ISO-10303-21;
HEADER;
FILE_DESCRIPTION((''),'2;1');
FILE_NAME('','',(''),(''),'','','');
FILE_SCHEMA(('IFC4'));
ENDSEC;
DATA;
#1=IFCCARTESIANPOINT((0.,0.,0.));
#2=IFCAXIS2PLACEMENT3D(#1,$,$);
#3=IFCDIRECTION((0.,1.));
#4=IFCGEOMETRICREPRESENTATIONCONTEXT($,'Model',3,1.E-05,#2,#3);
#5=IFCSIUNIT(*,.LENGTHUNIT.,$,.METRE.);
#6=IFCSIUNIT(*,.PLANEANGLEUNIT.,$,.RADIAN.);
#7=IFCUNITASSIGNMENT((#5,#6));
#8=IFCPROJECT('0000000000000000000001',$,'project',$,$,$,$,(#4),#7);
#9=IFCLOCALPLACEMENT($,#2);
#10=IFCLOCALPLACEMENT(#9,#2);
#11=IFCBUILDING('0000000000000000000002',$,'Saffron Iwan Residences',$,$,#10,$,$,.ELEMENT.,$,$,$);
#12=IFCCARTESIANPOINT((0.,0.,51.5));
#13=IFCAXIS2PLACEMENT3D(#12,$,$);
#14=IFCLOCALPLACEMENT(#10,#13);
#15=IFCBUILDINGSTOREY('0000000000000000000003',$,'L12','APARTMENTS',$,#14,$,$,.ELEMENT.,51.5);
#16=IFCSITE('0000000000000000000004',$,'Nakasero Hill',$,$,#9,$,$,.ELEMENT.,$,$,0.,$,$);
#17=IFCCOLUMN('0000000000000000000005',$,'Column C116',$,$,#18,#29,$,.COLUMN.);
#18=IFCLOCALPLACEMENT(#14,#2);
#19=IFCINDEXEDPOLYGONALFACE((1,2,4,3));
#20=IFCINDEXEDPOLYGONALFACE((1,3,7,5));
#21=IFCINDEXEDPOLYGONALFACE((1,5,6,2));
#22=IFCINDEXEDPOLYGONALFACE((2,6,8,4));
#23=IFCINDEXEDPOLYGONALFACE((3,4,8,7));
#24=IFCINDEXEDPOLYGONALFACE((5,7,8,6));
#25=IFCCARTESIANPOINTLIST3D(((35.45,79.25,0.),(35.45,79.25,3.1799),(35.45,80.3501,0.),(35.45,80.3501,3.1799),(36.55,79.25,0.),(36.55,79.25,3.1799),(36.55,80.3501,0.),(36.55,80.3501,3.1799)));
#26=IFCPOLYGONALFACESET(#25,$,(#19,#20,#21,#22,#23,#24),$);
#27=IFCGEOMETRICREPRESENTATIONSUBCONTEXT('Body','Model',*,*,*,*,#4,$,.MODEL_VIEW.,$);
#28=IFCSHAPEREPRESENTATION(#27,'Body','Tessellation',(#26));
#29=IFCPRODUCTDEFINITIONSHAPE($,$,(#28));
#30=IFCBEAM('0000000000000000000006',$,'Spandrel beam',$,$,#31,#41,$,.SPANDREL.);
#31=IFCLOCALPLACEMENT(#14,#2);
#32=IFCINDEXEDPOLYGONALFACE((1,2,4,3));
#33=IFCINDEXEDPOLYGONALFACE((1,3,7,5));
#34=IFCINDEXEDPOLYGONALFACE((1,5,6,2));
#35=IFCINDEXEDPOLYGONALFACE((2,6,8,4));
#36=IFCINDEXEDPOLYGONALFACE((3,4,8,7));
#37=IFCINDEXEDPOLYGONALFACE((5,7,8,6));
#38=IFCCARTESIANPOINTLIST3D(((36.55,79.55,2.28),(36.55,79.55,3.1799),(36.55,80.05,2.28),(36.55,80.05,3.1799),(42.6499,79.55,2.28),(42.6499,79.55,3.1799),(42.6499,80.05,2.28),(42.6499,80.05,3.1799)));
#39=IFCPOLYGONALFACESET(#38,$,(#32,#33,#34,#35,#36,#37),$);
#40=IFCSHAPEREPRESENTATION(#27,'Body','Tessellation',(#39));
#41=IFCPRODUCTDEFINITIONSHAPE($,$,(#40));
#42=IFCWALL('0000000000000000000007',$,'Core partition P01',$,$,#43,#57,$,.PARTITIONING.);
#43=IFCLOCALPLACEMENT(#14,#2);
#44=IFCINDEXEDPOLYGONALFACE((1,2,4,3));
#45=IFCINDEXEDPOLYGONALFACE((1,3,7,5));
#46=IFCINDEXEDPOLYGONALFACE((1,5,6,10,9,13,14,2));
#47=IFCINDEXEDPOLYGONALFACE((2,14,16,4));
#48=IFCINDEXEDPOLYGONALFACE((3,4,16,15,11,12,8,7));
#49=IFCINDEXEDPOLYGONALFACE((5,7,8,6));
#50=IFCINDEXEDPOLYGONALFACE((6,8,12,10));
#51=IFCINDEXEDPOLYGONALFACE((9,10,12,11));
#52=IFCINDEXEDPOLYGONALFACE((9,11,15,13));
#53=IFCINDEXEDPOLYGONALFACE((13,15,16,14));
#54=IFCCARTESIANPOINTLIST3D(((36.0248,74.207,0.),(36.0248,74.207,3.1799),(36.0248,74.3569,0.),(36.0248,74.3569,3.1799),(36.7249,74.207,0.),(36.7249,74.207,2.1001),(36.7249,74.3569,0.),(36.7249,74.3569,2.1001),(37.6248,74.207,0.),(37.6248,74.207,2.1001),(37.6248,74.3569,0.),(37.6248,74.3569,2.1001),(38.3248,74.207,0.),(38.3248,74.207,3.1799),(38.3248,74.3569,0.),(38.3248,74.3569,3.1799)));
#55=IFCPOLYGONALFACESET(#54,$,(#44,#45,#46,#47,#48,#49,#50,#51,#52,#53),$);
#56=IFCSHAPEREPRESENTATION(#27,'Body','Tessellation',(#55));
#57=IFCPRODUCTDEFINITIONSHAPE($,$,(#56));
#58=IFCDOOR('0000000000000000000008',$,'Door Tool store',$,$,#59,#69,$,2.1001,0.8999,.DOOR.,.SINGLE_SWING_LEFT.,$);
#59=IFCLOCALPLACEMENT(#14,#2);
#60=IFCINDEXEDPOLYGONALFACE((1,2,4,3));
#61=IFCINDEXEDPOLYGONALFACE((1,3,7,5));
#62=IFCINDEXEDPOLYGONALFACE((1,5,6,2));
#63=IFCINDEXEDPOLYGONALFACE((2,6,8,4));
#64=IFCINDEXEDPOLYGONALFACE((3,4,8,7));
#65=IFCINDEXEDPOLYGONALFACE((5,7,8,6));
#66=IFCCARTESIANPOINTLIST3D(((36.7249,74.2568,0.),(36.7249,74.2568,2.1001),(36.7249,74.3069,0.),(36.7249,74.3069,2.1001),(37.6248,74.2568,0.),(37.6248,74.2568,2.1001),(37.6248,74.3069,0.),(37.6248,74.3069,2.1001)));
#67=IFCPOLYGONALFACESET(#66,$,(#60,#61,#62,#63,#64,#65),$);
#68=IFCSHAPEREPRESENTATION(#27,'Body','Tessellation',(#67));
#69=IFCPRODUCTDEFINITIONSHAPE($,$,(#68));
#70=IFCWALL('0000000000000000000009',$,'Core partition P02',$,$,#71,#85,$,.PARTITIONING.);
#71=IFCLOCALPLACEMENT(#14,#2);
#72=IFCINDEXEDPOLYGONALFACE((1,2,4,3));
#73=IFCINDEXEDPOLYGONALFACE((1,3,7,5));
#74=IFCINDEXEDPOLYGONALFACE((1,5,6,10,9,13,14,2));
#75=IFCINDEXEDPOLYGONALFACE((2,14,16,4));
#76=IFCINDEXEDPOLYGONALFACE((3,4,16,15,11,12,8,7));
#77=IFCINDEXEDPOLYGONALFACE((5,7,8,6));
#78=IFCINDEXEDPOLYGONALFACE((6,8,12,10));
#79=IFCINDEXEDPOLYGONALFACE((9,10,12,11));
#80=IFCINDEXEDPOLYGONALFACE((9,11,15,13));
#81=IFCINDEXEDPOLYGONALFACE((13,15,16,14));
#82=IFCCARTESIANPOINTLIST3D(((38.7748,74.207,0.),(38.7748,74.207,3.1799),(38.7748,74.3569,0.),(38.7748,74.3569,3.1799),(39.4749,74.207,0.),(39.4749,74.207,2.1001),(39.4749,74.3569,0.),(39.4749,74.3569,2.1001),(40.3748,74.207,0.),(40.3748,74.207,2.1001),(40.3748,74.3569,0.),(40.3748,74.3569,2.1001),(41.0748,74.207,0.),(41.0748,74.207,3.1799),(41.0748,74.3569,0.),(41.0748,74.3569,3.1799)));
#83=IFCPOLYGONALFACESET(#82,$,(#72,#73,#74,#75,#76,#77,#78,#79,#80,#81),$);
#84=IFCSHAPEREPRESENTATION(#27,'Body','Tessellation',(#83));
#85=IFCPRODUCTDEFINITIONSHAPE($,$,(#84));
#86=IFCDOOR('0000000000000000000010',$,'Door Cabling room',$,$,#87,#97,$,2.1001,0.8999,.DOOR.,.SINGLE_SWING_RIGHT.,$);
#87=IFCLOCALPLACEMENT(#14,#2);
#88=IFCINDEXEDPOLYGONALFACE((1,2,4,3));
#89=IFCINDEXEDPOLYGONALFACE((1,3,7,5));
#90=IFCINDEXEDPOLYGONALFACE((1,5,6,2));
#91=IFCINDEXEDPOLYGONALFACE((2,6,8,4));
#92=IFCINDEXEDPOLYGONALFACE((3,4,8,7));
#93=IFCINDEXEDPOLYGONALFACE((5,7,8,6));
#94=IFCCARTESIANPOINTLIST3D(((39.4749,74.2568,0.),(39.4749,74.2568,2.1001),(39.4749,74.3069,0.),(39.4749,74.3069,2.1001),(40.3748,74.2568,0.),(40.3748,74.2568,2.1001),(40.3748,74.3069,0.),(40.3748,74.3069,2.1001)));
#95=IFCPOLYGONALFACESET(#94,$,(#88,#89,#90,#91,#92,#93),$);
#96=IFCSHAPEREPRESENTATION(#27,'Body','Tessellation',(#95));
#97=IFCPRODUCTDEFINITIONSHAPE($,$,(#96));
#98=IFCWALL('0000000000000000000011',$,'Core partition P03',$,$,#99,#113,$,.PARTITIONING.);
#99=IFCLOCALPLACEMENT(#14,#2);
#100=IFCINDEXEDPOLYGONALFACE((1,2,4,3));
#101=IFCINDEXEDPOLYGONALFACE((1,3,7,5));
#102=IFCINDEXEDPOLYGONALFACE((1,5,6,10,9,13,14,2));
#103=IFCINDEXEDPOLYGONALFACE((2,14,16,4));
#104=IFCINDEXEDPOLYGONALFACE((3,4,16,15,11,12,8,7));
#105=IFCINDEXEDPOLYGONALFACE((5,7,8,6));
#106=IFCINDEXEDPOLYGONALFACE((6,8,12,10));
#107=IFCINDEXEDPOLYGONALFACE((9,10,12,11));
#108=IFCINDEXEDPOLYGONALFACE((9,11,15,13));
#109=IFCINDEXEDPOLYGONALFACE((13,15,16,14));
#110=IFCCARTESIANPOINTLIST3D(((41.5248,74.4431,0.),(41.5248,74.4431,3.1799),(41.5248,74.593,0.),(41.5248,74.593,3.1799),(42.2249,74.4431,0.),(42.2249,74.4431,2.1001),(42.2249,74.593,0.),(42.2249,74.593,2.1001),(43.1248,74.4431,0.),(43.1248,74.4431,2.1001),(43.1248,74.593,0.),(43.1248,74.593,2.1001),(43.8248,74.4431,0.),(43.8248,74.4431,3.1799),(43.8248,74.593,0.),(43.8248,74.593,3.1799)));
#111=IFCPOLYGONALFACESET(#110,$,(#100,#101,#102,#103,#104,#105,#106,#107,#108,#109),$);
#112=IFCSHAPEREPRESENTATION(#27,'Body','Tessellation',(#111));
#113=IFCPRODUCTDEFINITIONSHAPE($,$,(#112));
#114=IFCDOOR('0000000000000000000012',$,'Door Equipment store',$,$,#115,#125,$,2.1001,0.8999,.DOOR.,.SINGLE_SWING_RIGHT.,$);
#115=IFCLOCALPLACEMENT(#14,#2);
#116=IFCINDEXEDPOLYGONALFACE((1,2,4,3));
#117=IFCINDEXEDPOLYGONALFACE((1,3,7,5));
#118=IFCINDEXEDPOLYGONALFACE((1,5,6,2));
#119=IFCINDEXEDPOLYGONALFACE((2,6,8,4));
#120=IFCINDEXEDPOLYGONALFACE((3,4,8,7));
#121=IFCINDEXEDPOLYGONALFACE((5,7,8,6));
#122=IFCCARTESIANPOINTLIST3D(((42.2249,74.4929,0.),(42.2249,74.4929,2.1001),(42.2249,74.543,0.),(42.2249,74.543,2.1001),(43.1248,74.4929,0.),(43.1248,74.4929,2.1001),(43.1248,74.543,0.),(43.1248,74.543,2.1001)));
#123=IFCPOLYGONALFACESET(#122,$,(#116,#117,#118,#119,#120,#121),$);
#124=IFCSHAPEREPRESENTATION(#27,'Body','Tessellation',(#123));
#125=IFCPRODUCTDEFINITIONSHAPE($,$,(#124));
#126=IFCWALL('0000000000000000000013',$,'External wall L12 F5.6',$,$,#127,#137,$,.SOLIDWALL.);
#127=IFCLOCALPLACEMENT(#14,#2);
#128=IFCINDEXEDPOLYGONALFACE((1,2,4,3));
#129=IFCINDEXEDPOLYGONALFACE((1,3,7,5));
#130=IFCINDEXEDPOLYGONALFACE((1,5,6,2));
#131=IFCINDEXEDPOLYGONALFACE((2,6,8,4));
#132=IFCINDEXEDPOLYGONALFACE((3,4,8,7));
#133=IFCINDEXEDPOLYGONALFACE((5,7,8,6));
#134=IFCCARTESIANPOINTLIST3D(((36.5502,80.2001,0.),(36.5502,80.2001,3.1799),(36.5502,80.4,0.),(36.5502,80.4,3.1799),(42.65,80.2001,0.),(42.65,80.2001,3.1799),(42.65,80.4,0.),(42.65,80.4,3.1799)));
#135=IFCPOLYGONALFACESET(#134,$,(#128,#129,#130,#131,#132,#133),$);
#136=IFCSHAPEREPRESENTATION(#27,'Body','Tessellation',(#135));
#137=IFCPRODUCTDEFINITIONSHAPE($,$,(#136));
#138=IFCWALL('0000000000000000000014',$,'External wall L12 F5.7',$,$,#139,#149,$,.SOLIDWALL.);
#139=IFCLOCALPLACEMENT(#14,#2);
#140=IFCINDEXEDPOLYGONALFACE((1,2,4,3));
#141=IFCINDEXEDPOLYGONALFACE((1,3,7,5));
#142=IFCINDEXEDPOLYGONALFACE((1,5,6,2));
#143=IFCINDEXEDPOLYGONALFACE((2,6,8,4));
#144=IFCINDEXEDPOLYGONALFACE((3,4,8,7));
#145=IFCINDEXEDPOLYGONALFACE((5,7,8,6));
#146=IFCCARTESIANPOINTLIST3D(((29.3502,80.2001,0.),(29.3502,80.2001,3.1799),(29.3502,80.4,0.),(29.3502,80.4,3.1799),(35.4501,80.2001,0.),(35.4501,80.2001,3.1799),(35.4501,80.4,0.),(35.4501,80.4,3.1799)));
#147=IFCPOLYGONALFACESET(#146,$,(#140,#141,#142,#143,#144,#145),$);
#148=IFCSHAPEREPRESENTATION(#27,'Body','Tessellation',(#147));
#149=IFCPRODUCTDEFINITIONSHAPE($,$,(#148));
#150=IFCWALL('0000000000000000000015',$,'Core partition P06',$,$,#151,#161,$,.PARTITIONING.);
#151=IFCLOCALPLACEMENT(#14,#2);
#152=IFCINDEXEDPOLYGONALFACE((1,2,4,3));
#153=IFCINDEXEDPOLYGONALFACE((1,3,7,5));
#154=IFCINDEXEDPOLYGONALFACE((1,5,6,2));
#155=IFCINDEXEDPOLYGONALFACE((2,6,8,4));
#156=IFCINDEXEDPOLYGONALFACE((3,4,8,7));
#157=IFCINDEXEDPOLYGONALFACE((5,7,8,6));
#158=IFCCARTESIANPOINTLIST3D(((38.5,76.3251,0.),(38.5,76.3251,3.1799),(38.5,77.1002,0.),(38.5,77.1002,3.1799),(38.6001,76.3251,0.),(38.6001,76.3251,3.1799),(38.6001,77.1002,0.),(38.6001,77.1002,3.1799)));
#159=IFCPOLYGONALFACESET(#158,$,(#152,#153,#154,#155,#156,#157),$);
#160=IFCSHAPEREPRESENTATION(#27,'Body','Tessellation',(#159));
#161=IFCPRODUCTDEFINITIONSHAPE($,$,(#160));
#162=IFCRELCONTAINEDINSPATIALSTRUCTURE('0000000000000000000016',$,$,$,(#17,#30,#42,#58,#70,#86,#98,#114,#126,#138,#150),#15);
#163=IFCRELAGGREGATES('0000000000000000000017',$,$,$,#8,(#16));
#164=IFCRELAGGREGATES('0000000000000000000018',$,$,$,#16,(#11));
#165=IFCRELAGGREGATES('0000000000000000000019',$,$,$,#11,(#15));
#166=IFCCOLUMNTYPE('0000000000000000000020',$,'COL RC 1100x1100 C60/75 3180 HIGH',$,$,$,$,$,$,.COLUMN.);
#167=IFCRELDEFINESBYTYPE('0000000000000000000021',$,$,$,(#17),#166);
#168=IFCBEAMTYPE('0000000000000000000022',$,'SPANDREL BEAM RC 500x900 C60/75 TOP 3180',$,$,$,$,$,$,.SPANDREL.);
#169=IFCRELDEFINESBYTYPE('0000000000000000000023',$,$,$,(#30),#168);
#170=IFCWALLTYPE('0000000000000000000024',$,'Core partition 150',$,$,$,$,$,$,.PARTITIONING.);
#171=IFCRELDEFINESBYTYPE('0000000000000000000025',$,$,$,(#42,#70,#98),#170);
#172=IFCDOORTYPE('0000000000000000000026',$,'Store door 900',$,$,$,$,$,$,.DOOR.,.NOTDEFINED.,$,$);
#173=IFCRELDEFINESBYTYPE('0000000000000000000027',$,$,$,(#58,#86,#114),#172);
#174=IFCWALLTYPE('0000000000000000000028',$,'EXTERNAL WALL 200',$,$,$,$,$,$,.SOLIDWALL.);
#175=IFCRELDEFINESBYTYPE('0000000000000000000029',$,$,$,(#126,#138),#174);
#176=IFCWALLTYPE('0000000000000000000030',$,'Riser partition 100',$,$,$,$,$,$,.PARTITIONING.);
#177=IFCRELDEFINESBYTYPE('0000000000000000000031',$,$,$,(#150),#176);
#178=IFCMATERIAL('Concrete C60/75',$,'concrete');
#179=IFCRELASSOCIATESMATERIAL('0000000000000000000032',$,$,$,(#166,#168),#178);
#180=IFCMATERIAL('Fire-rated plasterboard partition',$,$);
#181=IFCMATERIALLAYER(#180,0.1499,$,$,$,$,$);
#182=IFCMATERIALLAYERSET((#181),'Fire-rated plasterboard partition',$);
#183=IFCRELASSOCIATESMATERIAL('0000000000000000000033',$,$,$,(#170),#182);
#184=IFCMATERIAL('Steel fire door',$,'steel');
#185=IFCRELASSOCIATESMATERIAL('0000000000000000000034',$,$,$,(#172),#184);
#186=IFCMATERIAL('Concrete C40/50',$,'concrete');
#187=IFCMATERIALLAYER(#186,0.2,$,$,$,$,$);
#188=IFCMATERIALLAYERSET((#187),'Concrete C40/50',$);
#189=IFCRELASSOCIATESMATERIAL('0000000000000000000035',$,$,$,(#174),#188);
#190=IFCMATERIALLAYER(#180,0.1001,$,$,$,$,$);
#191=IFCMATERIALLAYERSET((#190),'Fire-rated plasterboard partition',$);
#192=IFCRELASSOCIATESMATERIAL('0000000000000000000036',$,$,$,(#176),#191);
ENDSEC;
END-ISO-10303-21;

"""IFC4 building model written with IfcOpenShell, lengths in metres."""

from ifc_helpers import new_model, si_unit, direction, frame, frame_2d, origin, origin_2d, place, context, subcontext, project, spatial, rectangle, extrude, source, transform, mapped, material, layer, layer_set, material_profile, profile_set, type_object, element, fill, save


model = new_model("IFC4")

# Units and contexts
model_context = context("Model", 3, precision=1e-05, world=origin(), true_north=direction((0.0, 1.0)))
body_context = subcontext(model_context, "Body", "Model", "MODEL_VIEW")
ifc_project = project(units=[si_unit("LENGTHUNIT", "METRE"), si_unit("PLANEANGLEUNIT", "RADIAN")], contexts=[model_context])

# Site, building, storey
site_placement = place(None, origin())
site = spatial("IfcSite", under=ifc_project, at=site_placement, Name="Nakasero Hill", CompositionType="ELEMENT", RefElevation=0.0)
building_placement = place(site_placement, origin())
building = spatial("IfcBuilding", under=site, at=building_placement, Name="Saffron Iwan Residences", CompositionType="ELEMENT")
storey_placement = place(building_placement, frame((0.0, 0.0, 51.5)))
storey = spatial("IfcBuildingStorey", under=building, at=storey_placement, Name="L12", Description="APARTMENTS", CompositionType="ELEMENT", Elevation=51.5)

# Column
ifc_material_1 = material(Name="Concrete C60/75", Category="concrete")
ifc_material_profile_1 = material_profile(ifc_material_1, rectangle(XDim=1.1001, YDim=1.1001, at=origin_2d()), Name="RC 1100x1100")
ifc_profile_set_1 = profile_set([ifc_material_profile_1], Name="Concrete C60/75")
column_type = type_object("IfcColumnType", Name="COL RC 1100x1100 C60/75 3180 HIGH", PredefinedType="COLUMN", material=ifc_profile_set_1)
shared_shape_1 = source(origin(), body_context, "Body", "SweptSolid", [
    extrude(rectangle(XDim=1.1001, YDim=1.1001, at=origin_2d()), origin(), (0.0, 0.0, 1.0), 3.1799),
])
column_placement = place(storey_placement, frame((36.0, 79.8, 0.0), z_axis=(0.0, 0.0, 1.0), x_axis=(1.0, 0.0, 0.0)))
element("IfcColumn", 1, at=column_placement, inside=storey, type_object=column_type, Name="Column C116", PredefinedType="COLUMN", context=body_context, shape_type="MappedRepresentation", body=[
    mapped(shared_shape_1, transform((0.0, 0.0, 0.0))),
])

# Beam
ifc_material_profile_2 = material_profile(ifc_material_1, rectangle(XDim=0.5, YDim=0.8999, at=origin_2d()), Name="RC 500x900")
ifc_profile_set_2 = profile_set([ifc_material_profile_2], Name="Concrete C60/75")
beam_type = type_object("IfcBeamType", Name="SPANDREL BEAM RC 500x900 C60/75 TOP 3180", PredefinedType="SPANDREL", material=ifc_profile_set_2)
shared_shape_2 = source(origin(), body_context, "Body", "SweptSolid", [
    extrude(rectangle(XDim=0.5, YDim=0.8999, at=origin_2d()), origin(), (0.0, 0.0, 1.0), 6.0999),
])
beam_placement = place(storey_placement, frame((36.55, 79.8, 2.73), z_axis=(1.0, 0.0, 0.0), x_axis=(0.0, 1.0, 0.0)))
element("IfcBeam", 2, at=beam_placement, inside=storey, type_object=beam_type, Name="Spandrel beam", PredefinedType="SPANDREL", context=body_context, shape_type="MappedRepresentation", body=[
    mapped(shared_shape_2, transform((0.0, 0.0, 0.0))),
])

# Walls, openings, doors
ifc_material_2 = material(Name="Fire-rated plasterboard partition")
ifc_layer_1 = layer(ifc_material_2, 0.1499)
ifc_layer_set_1 = layer_set([ifc_layer_1], Name="Fire-rated plasterboard partition")
wall_type_1 = type_object("IfcWallType", Name="Core partition 150", PredefinedType="PARTITIONING", material=ifc_layer_set_1)
wall_1_placement = place(storey_placement, frame((36.0249, 74.282, 0.0), z_axis=(0.0, 0.0, 1.0), x_axis=(1.0, 0.0, 0.0)))
wall_1 = element("IfcWall", 3, at=wall_1_placement, inside=storey, type_object=wall_type_1, Name="Core partition P01", PredefinedType="PARTITIONING", context=body_context, shape_type="SweptSolid", body=[
    extrude(rectangle(XDim=2.3, YDim=0.1499, at=frame_2d((1.1499, 0.0))), origin(), (0.0, 0.0, 1.0), 3.1799),
])
opening_1_placement = place(wall_1_placement, frame((0.7, 0.0, 0.0)))
opening_1 = element("IfcOpeningElement", 4, at=opening_1_placement, cuts=wall_1, PredefinedType="OPENING", context=body_context, shape_type="SweptSolid", body=[
    extrude(rectangle(XDim=0.8999, YDim=2.1001, at=frame_2d((0.45, 1.05))), frame((0.0, 0.085, 0.0), z_axis=(0.0, -1.0, 0.0), x_axis=(1.0, 0.0, 0.0)), (0.0, 0.0, 1.0), 0.1699),
])
ifc_material_3 = material(Name="Steel fire door", Category="steel")
door_type_1 = type_object("IfcDoorType", Name="Store door 900", OperationType="NOTDEFINED", PredefinedType="DOOR", material=ifc_material_3)
door_1_placement = place(opening_1_placement, origin())
door_1 = element("IfcDoor", 5, at=door_1_placement, inside=storey, type_object=door_type_1, Name="Door Tool store", OperationType="SINGLE_SWING_LEFT", OverallHeight=2.1001, OverallWidth=0.8999, PredefinedType="DOOR", context=body_context, shape_type="SweptSolid", body=[
    extrude(rectangle(XDim=0.8999, YDim=2.1001, at=frame_2d((0.45, 1.05))), frame((0.0, 0.0249, 0.0), z_axis=(0.0, -1.0, 0.0), x_axis=(1.0, 0.0, 0.0)), (0.0, 0.0, 1.0), 0.05),
])
fill(opening_1, door_1)
wall_2_placement = place(storey_placement, frame((38.7749, 74.282, 0.0), z_axis=(0.0, 0.0, 1.0), x_axis=(1.0, 0.0, 0.0)))
wall_2 = element("IfcWall", 6, at=wall_2_placement, inside=storey, type_object=wall_type_1, Name="Core partition P02", PredefinedType="PARTITIONING", context=body_context, shape_type="SweptSolid", body=[
    extrude(rectangle(XDim=2.3, YDim=0.1499, at=frame_2d((1.1499, 0.0))), origin(), (0.0, 0.0, 1.0), 3.1799),
])
opening_2_placement = place(wall_2_placement, frame((0.7, 0.0, 0.0)))
opening_2 = element("IfcOpeningElement", 7, at=opening_2_placement, cuts=wall_2, PredefinedType="OPENING", context=body_context, shape_type="SweptSolid", body=[
    extrude(rectangle(XDim=0.8999, YDim=2.1001, at=frame_2d((0.45, 1.05))), frame((0.0, 0.085, 0.0), z_axis=(0.0, -1.0, 0.0), x_axis=(1.0, 0.0, 0.0)), (0.0, 0.0, 1.0), 0.1699),
])
door_2_placement = place(opening_2_placement, origin())
door_2 = element("IfcDoor", 8, at=door_2_placement, inside=storey, type_object=door_type_1, Name="Door Cabling room", OperationType="SINGLE_SWING_RIGHT", OverallHeight=2.1001, OverallWidth=0.8999, PredefinedType="DOOR", context=body_context, shape_type="SweptSolid", body=[
    extrude(rectangle(XDim=0.8999, YDim=2.1001, at=frame_2d((0.45, 1.05))), frame((0.0, 0.0249, 0.0), z_axis=(0.0, -1.0, 0.0), x_axis=(1.0, 0.0, 0.0)), (0.0, 0.0, 1.0), 0.05),
])
fill(opening_2, door_2)
wall_3_placement = place(storey_placement, frame((41.5249, 74.5181, 0.0), z_axis=(0.0, 0.0, 1.0), x_axis=(1.0, 0.0, 0.0)))
wall_3 = element("IfcWall", 9, at=wall_3_placement, inside=storey, type_object=wall_type_1, Name="Core partition P03", PredefinedType="PARTITIONING", context=body_context, shape_type="SweptSolid", body=[
    extrude(rectangle(XDim=2.3, YDim=0.1499, at=frame_2d((1.1499, 0.0))), origin(), (0.0, 0.0, 1.0), 3.1799),
])
opening_3_placement = place(wall_3_placement, frame((0.7, 0.0, 0.0)))
opening_3 = element("IfcOpeningElement", 10, at=opening_3_placement, cuts=wall_3, PredefinedType="OPENING", context=body_context, shape_type="SweptSolid", body=[
    extrude(rectangle(XDim=0.8999, YDim=2.1001, at=frame_2d((0.45, 1.05))), frame((0.0, 0.085, 0.0), z_axis=(0.0, -1.0, 0.0), x_axis=(1.0, 0.0, 0.0)), (0.0, 0.0, 1.0), 0.1699),
])
door_3_placement = place(opening_3_placement, origin())
door_3 = element("IfcDoor", 11, at=door_3_placement, inside=storey, type_object=door_type_1, Name="Door Equipment store", OperationType="SINGLE_SWING_RIGHT", OverallHeight=2.1001, OverallWidth=0.8999, PredefinedType="DOOR", context=body_context, shape_type="SweptSolid", body=[
    extrude(rectangle(XDim=0.8999, YDim=2.1001, at=frame_2d((0.45, 1.05))), frame((0.0, 0.0249, 0.0), z_axis=(0.0, -1.0, 0.0), x_axis=(1.0, 0.0, 0.0)), (0.0, 0.0, 1.0), 0.05),
])
fill(opening_3, door_3)

# Walls
ifc_material_4 = material(Name="Concrete C40/50", Category="concrete")
ifc_layer_2 = layer(ifc_material_4, 0.2)
ifc_layer_set_2 = layer_set([ifc_layer_2], Name="Concrete C40/50")
wall_type_2 = type_object("IfcWallType", Name="EXTERNAL WALL 200", PredefinedType="SOLIDWALL", material=ifc_layer_set_2)
for number, where, z_axis, x_axis, name in (
    (12, (42.6499, 80.3, 0.0), (0.0, 0.0, 1.0), (-1.0, 0.0, 0.0), "External wall L12 F5.6"),
    (13, (35.45, 80.3, 0.0), (0.0, 0.0, 1.0), (-1.0, 0.0, 0.0), "External wall L12 F5.7"),
):
    element("IfcWall", number, at=place(storey_placement, frame(where, z_axis=z_axis, x_axis=x_axis)), inside=storey, type_object=wall_type_2, Name=name, PredefinedType="SOLIDWALL", context=body_context, shape_type="SweptSolid", body=[
        extrude(rectangle(XDim=6.0999, YDim=0.2, at=frame_2d((3.0498, 0.0))), origin(), (0.0, 0.0, 1.0), 3.1799),
    ])
ifc_layer_3 = layer(ifc_material_2, 0.1001)
ifc_layer_set_3 = layer_set([ifc_layer_3], Name="Fire-rated plasterboard partition")
wall_type_3 = type_object("IfcWallType", Name="Riser partition 100", PredefinedType="PARTITIONING", material=ifc_layer_set_3)
wall_4_placement = place(storey_placement, frame((38.55, 76.325, 0.0), z_axis=(0.0, 0.0, 1.0), x_axis=(0.0, 1.0, 0.0)))
element("IfcWall", 14, at=wall_4_placement, inside=storey, type_object=wall_type_3, Name="Core partition P06", PredefinedType="PARTITIONING", context=body_context, shape_type="SweptSolid", body=[
    extrude(rectangle(XDim=0.7751, YDim=0.1001, at=frame_2d((0.3877, 0.0))), origin(), (0.0, 0.0, 1.0), 3.1799),
])

save(model, "model.ifc")
